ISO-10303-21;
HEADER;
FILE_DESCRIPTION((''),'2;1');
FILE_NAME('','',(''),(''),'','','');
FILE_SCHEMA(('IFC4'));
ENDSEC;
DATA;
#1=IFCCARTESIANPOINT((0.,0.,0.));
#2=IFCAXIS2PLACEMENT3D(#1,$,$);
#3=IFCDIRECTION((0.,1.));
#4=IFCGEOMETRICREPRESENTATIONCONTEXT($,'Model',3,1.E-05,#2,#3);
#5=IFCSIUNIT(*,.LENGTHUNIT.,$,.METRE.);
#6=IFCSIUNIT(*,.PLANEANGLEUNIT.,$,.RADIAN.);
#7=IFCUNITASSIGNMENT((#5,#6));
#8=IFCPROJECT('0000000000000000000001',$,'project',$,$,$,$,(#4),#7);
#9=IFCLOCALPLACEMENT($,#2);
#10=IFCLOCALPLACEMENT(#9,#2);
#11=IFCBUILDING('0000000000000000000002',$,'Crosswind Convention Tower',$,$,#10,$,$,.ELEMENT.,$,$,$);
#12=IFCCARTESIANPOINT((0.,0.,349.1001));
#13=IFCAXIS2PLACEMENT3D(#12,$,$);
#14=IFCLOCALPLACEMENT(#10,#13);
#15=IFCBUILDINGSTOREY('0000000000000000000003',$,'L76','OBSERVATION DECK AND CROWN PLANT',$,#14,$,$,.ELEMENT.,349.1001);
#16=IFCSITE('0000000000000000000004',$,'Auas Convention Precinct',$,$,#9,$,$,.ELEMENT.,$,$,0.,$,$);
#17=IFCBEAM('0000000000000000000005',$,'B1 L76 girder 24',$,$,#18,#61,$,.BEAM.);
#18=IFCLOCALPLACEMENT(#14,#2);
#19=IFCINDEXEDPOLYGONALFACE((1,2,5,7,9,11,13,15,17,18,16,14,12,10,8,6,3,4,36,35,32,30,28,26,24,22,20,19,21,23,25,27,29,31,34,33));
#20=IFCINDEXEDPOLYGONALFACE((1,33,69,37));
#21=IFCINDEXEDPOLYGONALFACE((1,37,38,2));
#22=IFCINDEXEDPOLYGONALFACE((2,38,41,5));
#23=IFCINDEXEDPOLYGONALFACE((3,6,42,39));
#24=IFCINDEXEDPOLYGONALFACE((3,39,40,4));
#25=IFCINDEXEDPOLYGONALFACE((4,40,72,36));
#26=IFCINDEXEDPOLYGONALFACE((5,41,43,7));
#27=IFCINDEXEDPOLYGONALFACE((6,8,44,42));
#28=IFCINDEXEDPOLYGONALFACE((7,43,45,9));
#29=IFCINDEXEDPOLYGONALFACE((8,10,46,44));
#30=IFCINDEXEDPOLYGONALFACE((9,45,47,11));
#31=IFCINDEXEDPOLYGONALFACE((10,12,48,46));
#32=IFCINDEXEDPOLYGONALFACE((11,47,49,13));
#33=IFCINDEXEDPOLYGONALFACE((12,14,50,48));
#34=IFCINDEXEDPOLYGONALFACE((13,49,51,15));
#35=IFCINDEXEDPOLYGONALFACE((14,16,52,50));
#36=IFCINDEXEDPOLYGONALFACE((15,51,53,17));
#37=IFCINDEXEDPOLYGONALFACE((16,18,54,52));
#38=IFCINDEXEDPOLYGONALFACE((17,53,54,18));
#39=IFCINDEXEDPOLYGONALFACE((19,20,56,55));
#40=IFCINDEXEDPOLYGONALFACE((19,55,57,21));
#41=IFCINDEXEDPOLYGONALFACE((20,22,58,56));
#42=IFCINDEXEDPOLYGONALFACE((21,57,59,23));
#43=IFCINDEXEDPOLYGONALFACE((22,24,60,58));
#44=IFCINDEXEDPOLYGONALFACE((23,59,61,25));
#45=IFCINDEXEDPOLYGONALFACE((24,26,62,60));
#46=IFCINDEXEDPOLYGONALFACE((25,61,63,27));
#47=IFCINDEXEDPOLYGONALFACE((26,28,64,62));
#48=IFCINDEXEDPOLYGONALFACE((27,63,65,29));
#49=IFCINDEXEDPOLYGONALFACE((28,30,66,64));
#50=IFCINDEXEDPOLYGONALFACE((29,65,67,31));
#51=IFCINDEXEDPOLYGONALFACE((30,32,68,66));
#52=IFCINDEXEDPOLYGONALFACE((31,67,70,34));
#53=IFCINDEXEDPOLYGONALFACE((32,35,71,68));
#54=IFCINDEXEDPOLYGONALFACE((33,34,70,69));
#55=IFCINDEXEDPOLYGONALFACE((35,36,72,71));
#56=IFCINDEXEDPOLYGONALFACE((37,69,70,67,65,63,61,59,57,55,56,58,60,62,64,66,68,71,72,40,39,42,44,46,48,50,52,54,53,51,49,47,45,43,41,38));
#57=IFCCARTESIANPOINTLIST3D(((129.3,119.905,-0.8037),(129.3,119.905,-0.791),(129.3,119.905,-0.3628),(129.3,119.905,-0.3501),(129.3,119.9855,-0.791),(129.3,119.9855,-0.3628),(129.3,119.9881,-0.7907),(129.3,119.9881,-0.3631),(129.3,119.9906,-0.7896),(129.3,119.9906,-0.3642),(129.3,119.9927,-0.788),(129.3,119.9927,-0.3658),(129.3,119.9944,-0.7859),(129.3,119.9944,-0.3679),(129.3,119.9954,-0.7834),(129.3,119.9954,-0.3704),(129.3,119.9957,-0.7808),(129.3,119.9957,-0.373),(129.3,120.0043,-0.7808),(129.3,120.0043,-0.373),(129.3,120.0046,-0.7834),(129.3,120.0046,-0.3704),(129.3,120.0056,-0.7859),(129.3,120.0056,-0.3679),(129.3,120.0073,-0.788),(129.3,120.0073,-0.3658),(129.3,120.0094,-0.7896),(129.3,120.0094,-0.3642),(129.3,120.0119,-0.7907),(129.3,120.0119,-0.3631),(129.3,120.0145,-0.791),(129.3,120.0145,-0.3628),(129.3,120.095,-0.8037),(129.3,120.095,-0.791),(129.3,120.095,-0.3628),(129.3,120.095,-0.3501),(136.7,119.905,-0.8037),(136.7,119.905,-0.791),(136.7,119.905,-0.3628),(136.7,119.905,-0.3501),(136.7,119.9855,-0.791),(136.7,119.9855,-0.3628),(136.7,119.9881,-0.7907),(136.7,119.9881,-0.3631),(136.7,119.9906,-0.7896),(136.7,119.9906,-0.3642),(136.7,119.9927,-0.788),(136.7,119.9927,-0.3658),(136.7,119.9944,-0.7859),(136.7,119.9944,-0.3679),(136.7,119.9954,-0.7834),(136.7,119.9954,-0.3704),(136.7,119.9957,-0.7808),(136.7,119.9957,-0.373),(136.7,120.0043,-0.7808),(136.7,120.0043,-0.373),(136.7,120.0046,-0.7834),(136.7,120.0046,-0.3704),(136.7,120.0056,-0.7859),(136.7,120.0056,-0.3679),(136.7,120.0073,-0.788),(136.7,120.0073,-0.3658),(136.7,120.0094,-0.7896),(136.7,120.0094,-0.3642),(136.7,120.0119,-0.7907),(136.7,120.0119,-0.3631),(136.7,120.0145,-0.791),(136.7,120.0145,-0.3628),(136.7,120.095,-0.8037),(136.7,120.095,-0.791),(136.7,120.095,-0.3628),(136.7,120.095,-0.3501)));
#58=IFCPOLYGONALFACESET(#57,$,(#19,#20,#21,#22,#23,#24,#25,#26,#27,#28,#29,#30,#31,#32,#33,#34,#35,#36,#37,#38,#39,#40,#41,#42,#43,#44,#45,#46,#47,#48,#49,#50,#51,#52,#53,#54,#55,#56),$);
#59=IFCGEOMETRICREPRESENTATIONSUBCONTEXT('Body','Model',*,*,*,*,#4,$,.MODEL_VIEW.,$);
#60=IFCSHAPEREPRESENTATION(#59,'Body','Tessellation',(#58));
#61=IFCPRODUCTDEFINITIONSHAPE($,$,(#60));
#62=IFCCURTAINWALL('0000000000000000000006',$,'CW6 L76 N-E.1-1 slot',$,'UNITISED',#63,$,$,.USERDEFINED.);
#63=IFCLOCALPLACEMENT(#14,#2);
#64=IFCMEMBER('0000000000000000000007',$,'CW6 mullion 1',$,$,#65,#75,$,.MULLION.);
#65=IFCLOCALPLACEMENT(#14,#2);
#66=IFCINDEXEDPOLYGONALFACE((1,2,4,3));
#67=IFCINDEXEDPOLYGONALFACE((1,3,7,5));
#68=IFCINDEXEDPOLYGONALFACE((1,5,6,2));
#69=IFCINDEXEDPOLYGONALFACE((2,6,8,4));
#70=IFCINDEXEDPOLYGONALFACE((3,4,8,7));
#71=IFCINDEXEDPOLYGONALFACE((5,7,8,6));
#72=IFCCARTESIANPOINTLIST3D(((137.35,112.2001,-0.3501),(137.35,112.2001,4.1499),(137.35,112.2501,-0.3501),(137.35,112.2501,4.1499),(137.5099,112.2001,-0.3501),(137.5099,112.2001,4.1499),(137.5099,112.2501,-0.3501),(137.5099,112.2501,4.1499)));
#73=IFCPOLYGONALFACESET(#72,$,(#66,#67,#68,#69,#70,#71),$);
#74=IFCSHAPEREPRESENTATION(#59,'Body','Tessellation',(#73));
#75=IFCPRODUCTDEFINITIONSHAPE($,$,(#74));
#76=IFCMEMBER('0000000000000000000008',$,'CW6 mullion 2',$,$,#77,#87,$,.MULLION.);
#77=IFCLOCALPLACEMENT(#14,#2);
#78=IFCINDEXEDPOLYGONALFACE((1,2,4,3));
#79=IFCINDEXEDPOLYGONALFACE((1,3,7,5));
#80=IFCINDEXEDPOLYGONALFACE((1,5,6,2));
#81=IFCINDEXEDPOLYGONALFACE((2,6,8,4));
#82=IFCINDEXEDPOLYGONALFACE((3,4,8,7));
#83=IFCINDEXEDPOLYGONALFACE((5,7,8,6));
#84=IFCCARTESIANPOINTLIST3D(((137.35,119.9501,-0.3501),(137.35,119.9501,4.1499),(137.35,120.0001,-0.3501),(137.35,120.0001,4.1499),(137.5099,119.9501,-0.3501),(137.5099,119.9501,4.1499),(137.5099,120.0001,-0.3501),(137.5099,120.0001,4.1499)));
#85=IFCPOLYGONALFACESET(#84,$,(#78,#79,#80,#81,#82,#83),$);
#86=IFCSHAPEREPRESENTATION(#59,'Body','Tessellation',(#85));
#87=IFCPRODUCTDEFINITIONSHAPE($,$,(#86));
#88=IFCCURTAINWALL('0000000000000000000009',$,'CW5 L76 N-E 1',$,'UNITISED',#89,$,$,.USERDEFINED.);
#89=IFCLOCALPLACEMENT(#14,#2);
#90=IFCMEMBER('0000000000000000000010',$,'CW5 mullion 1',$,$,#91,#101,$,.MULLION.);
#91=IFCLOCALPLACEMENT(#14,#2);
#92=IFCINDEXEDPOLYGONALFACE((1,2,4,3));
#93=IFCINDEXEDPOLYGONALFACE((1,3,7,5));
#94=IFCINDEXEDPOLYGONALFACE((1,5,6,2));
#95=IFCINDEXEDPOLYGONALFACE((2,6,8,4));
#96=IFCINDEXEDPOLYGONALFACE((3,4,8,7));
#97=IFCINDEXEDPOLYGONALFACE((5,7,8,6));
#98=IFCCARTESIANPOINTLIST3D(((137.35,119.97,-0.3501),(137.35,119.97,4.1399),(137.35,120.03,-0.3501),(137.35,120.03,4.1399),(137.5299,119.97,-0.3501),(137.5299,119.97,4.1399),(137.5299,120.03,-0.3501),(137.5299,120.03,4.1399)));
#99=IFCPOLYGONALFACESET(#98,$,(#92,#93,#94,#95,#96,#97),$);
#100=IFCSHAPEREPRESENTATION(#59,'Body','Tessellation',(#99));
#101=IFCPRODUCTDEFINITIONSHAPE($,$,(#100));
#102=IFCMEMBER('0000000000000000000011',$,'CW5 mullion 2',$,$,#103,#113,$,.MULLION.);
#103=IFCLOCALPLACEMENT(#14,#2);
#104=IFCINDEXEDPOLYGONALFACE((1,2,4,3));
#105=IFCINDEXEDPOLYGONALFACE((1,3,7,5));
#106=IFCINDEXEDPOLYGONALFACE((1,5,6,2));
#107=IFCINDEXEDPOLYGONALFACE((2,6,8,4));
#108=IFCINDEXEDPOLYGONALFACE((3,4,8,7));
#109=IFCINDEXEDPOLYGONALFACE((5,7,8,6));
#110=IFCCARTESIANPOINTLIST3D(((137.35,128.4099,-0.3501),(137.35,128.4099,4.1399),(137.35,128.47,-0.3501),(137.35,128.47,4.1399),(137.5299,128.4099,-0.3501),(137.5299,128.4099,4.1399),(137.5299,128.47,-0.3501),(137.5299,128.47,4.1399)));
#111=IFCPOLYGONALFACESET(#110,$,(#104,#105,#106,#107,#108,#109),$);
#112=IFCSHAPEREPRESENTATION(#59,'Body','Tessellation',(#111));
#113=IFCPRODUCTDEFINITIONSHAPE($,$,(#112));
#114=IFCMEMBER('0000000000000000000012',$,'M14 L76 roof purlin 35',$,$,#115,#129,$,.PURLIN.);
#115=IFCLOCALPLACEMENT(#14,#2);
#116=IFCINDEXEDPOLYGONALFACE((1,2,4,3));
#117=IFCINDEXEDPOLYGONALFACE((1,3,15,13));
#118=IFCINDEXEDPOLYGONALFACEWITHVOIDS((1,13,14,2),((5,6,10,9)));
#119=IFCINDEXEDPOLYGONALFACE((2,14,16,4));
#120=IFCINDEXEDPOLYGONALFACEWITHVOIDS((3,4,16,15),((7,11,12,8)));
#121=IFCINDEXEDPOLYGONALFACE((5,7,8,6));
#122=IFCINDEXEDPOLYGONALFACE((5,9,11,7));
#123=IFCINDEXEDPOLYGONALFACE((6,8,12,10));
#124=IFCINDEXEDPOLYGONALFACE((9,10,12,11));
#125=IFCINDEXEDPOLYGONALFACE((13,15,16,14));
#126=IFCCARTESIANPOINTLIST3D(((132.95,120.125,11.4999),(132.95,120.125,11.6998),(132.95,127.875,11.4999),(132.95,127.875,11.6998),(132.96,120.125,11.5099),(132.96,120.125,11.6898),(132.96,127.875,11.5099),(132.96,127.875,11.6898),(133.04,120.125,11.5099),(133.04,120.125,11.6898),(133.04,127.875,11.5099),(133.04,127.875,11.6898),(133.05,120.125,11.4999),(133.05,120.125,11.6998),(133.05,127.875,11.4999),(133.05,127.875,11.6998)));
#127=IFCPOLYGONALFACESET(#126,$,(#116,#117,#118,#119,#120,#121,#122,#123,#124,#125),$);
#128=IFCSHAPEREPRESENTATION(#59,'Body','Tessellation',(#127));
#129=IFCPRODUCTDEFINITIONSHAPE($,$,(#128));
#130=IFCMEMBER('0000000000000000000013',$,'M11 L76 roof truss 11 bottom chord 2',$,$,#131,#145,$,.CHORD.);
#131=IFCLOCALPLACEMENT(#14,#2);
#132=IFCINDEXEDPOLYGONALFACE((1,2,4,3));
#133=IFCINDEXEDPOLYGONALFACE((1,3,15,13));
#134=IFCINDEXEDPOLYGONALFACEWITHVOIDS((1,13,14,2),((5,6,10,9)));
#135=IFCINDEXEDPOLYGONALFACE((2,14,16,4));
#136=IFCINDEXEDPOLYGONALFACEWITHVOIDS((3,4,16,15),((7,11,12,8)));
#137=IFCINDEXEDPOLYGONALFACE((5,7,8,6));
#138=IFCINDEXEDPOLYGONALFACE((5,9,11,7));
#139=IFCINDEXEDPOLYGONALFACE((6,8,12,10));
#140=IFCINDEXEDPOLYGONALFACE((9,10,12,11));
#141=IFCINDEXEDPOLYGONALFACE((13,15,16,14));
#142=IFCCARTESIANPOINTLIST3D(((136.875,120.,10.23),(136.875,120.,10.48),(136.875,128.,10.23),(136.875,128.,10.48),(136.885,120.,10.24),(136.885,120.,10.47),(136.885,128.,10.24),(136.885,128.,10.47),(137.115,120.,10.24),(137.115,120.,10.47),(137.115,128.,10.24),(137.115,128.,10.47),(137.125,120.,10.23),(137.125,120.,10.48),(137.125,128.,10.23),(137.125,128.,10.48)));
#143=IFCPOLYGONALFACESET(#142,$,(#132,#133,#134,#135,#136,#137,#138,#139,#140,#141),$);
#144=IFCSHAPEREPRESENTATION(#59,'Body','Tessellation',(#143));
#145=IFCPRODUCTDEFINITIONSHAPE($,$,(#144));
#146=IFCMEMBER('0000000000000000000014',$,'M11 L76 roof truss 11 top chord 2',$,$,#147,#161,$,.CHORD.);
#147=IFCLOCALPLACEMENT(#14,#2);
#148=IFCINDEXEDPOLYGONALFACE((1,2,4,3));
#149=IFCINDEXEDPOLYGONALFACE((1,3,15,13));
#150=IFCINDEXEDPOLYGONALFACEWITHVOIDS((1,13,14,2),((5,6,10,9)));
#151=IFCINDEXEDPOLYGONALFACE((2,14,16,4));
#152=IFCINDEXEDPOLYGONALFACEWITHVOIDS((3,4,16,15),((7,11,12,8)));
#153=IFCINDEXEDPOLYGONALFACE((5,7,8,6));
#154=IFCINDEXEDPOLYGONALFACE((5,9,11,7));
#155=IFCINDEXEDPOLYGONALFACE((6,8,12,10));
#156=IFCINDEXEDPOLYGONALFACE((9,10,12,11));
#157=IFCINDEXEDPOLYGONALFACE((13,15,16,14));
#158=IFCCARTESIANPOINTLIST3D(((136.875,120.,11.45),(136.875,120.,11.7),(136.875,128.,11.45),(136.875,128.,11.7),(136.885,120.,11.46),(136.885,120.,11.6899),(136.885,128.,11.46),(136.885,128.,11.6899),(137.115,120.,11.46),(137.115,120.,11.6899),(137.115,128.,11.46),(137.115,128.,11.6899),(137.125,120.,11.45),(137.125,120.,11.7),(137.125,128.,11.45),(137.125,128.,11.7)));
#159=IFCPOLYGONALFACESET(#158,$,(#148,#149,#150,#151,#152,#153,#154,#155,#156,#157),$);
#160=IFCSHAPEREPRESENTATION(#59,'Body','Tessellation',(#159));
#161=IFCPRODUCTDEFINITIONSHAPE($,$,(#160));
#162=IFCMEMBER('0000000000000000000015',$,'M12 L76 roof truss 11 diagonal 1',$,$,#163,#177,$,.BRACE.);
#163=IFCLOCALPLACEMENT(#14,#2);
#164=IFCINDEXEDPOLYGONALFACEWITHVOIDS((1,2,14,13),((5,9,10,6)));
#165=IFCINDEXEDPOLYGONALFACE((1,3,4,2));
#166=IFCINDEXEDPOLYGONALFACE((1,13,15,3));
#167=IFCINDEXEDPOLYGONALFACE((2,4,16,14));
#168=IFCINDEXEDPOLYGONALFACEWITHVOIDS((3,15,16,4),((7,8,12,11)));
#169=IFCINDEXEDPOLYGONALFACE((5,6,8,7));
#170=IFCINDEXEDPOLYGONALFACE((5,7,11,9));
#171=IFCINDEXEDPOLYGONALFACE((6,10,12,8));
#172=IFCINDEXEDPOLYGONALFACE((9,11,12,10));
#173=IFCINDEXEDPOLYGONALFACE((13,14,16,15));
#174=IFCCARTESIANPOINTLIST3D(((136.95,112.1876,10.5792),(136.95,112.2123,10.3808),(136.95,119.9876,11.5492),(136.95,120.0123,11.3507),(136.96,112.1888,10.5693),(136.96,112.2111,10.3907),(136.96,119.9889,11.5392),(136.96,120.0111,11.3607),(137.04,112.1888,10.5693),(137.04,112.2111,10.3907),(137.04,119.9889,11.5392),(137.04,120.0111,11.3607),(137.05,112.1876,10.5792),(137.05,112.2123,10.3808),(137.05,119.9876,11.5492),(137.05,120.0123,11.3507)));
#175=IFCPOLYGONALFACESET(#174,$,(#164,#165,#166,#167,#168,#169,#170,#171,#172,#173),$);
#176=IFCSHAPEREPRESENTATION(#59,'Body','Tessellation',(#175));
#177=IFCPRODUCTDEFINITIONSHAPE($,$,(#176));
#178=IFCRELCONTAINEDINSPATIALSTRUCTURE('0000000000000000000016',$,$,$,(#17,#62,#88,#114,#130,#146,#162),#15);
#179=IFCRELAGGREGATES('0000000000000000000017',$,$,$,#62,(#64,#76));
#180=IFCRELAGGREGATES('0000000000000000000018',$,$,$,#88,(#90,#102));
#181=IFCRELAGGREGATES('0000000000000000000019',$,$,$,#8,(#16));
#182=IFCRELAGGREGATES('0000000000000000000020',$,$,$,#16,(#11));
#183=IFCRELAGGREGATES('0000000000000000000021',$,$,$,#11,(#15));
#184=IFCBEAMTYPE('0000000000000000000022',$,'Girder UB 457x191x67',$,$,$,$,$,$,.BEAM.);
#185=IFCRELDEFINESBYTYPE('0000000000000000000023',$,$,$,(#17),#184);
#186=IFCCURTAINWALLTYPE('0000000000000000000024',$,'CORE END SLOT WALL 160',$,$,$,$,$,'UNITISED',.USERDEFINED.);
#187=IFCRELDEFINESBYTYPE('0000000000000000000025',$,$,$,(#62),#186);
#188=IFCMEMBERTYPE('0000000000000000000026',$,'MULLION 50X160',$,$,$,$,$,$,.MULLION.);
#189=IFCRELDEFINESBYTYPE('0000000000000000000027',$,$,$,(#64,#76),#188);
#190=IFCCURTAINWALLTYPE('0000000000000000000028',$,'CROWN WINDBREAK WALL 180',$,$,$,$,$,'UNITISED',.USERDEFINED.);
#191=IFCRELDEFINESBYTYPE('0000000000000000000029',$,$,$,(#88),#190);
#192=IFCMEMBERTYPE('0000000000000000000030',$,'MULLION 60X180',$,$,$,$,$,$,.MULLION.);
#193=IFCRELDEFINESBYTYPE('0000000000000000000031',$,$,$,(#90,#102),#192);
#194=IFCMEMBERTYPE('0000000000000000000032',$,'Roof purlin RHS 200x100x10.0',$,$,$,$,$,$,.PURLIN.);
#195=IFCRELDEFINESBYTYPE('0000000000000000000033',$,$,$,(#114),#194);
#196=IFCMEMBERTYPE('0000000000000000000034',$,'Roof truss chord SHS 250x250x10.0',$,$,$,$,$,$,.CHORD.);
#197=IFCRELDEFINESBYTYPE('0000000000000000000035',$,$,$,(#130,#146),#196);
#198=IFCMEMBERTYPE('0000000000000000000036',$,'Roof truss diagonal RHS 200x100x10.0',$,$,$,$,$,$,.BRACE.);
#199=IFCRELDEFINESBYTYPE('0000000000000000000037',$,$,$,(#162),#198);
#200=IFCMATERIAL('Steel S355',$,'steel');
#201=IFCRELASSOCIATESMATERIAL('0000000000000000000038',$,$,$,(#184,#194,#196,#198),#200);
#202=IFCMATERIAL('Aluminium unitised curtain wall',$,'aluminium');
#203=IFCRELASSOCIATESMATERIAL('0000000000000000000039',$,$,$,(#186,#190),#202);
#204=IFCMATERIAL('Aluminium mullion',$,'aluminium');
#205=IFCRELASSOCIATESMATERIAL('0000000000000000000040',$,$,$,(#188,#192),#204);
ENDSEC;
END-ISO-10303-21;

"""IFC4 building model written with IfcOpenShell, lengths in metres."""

from ifc_helpers import new_model, si_unit, direction, frame, origin, origin_2d, place, context, subcontext, project, spatial, rectangle, hollow_rectangle, i_section, extrude, material, material_profile, profile_set, type_object, element, aggregate, save


model = new_model("IFC4")

# Units and contexts
model_context = context("Model", 3, precision=1e-05, world=origin(), true_north=direction((0.0, 1.0)))
body_context = subcontext(model_context, "Body", "Model", "MODEL_VIEW")
ifc_project = project(units=[si_unit("LENGTHUNIT", "METRE"), si_unit("PLANEANGLEUNIT", "RADIAN")], contexts=[model_context])

# Site, building, storey
site_placement = place(None, origin())
site = spatial("IfcSite", under=ifc_project, at=site_placement, Name="Auas Convention Precinct", CompositionType="ELEMENT", RefElevation=0.0)
building_placement = place(site_placement, origin())
building = spatial("IfcBuilding", under=site, at=building_placement, Name="Crosswind Convention Tower", CompositionType="ELEMENT")
storey_placement = place(building_placement, frame((0.0, 0.0, 349.1001)))
storey = spatial("IfcBuildingStorey", under=building, at=storey_placement, Name="L76", Description="OBSERVATION DECK AND CROWN PLANT", CompositionType="ELEMENT", Elevation=349.1001)

# Beam
ifc_material_1 = material(Name="Steel S355", Category="steel")
ifc_material_profile_1 = material_profile(ifc_material_1, i_section(OverallWidth=0.1899, OverallDepth=0.4536, WebThickness=0.0085, FlangeThickness=0.0127, FilletRadius=0.0103, at=origin_2d()), Name="UB 457x191x67")
ifc_profile_set_1 = profile_set([ifc_material_profile_1], Name="Steel S355")
beam_type_1 = type_object("IfcBeamType", Name="Girder UB 457x191x67", PredefinedType="BEAM", material=ifc_profile_set_1)
beam_1_placement = place(storey_placement, frame((129.3, 120.0, -0.5769), z_axis=(1.0, 0.0, 0.0), x_axis=(0.0, 1.0, 0.0)))
element("IfcBeam", 1, at=beam_1_placement, inside=storey, type_object=beam_type_1, Name="B1 L76 girder 24", PredefinedType="BEAM", context=body_context, shape_type="SweptSolid", body=[
    extrude(i_section(OverallWidth=0.1899, OverallDepth=0.4536, WebThickness=0.0085, FlangeThickness=0.0127, FilletRadius=0.0103, at=origin_2d()), origin(), (0.0, 0.0, 1.0), 7.3999),
])

# Curtain walls, members
ifc_material_2 = material(Name="Aluminium unitised curtain wall", Category="aluminium")
curtain_wall_type_1 = type_object("IfcCurtainWallType", Name="CORE END SLOT WALL 160", ElementType="UNITISED", PredefinedType="USERDEFINED", material=ifc_material_2)
curtain_wall_1_placement = place(storey_placement, origin())
curtain_wall_1 = element("IfcCurtainWall", 2, at=curtain_wall_1_placement, inside=storey, type_object=curtain_wall_type_1, Name="CW6 L76 N-E.1-1 slot", ObjectType="UNITISED", PredefinedType="USERDEFINED")
ifc_material_3 = material(Name="Aluminium mullion", Category="aluminium")
ifc_material_profile_2 = material_profile(ifc_material_3, rectangle(XDim=0.1599, YDim=0.05, at=origin_2d()), Name="AL 160X50")
ifc_profile_set_2 = profile_set([ifc_material_profile_2], Name="Aluminium mullion")
member_type_1 = type_object("IfcMemberType", Name="MULLION 50X160", PredefinedType="MULLION", material=ifc_profile_set_2)
member_1_placement = place(storey_placement, frame((137.4299, 112.2251, -0.3501), z_axis=(0.0, 0.0, 1.0), x_axis=(1.0, 0.0, 0.0)))
member_1 = element("IfcMember", 3, at=member_1_placement, type_object=member_type_1, Name="CW6 mullion 1", PredefinedType="MULLION", context=body_context, shape_type="SweptSolid", body=[
    extrude(rectangle(XDim=0.1599, YDim=0.05, at=origin_2d()), origin(), (0.0, 0.0, 1.0), 4.5),
])
member_2_placement = place(storey_placement, frame((137.4299, 119.9751, -0.3501), z_axis=(0.0, 0.0, 1.0), x_axis=(1.0, 0.0, 0.0)))
member_2 = element("IfcMember", 4, at=member_2_placement, type_object=member_type_1, Name="CW6 mullion 2", PredefinedType="MULLION", context=body_context, shape_type="SweptSolid", body=[
    extrude(rectangle(XDim=0.1599, YDim=0.05, at=origin_2d()), origin(), (0.0, 0.0, 1.0), 4.5),
])
curtain_wall_type_2 = type_object("IfcCurtainWallType", Name="CROWN WINDBREAK WALL 180", ElementType="UNITISED", PredefinedType="USERDEFINED", material=ifc_material_2)
curtain_wall_2_placement = place(storey_placement, origin())
curtain_wall_2 = element("IfcCurtainWall", 5, at=curtain_wall_2_placement, inside=storey, type_object=curtain_wall_type_2, Name="CW5 L76 N-E 1", ObjectType="UNITISED", PredefinedType="USERDEFINED")
ifc_material_profile_3 = material_profile(ifc_material_3, rectangle(XDim=0.1799, YDim=0.0601, at=origin_2d()), Name="AL 180X60")
ifc_profile_set_3 = profile_set([ifc_material_profile_3], Name="Aluminium mullion")
member_type_2 = type_object("IfcMemberType", Name="MULLION 60X180", PredefinedType="MULLION", material=ifc_profile_set_3)
member_3_placement = place(storey_placement, frame((137.4399, 120.0, -0.3501), z_axis=(0.0, 0.0, 1.0), x_axis=(1.0, 0.0, 0.0)))
member_3 = element("IfcMember", 6, at=member_3_placement, type_object=member_type_2, Name="CW5 mullion 1", PredefinedType="MULLION", context=body_context, shape_type="SweptSolid", body=[
    extrude(rectangle(XDim=0.1799, YDim=0.0601, at=origin_2d()), origin(), (0.0, 0.0, 1.0), 4.49),
])
member_4_placement = place(storey_placement, frame((137.4399, 128.4399, -0.3501), z_axis=(0.0, 0.0, 1.0), x_axis=(1.0, 0.0, 0.0)))
member_4 = element("IfcMember", 7, at=member_4_placement, type_object=member_type_2, Name="CW5 mullion 2", PredefinedType="MULLION", context=body_context, shape_type="SweptSolid", body=[
    extrude(rectangle(XDim=0.1799, YDim=0.0601, at=origin_2d()), origin(), (0.0, 0.0, 1.0), 4.49),
])

# Members
ifc_material_profile_4 = material_profile(ifc_material_1, hollow_rectangle(XDim=0.1001, YDim=0.2, WallThickness=0.01, at=origin_2d()), Name="RHS 200x100x10.0")
ifc_profile_set_4 = profile_set([ifc_material_profile_4], Name="Steel S355")
member_type_3 = type_object("IfcMemberType", Name="Roof purlin RHS 200x100x10.0", PredefinedType="PURLIN", material=ifc_profile_set_4)
member_5_placement = place(storey_placement, frame((133.0, 120.125, 11.5999), z_axis=(0.0, 1.0, 0.0), x_axis=(-1.0, 0.0, 0.0)))
element("IfcMember", 8, at=member_5_placement, inside=storey, type_object=member_type_3, Name="M14 L76 roof purlin 35", PredefinedType="PURLIN", context=body_context, shape_type="SweptSolid", body=[
    extrude(hollow_rectangle(XDim=0.1001, YDim=0.2, WallThickness=0.01, at=origin_2d()), origin(), (0.0, 0.0, 1.0), 7.75),
])
ifc_material_profile_5 = material_profile(ifc_material_1, hollow_rectangle(XDim=0.25, YDim=0.25, WallThickness=0.01, at=origin_2d()), Name="SHS 250x250x10.0")
ifc_profile_set_5 = profile_set([ifc_material_profile_5], Name="Steel S355")
member_type_4 = type_object("IfcMemberType", Name="Roof truss chord SHS 250x250x10.0", PredefinedType="CHORD", material=ifc_profile_set_5)
for number, where, z_axis, x_axis, name in (
    (9, (137.0, 120.0, 10.355), (0.0, 1.0, 0.0), (-1.0, 0.0, 0.0), "M11 L76 roof truss 11 bottom chord 2"),
    (10, (137.0, 120.0, 11.575), (0.0, 1.0, 0.0), (-1.0, 0.0, 0.0), "M11 L76 roof truss 11 top chord 2"),
):
    element("IfcMember", number, at=place(storey_placement, frame(where, z_axis=z_axis, x_axis=x_axis)), inside=storey, type_object=member_type_4, Name=name, PredefinedType="CHORD", context=body_context, shape_type="SweptSolid", body=[
        extrude(hollow_rectangle(XDim=0.25, YDim=0.25, WallThickness=0.01, at=origin_2d()), origin(), (0.0, 0.0, 1.0), 8.0),
    ])
ifc_material_profile_6 = material_profile(ifc_material_1, hollow_rectangle(XDim=0.1001, YDim=0.2, WallThickness=0.01, at=origin_2d()), Name="RHS 200x100x10.0")
ifc_profile_set_6 = profile_set([ifc_material_profile_6], Name="Steel S355")
member_type_5 = type_object("IfcMemberType", Name="Roof truss diagonal RHS 200x100x10.0", PredefinedType="BRACE", material=ifc_profile_set_6)
member_6_placement = place(storey_placement, frame((137.0, 112.2, 10.48), z_axis=(0.0, 0.992357, 0.123404), x_axis=(-1.0, 0.0, 0.0)))
element("IfcMember", 11, at=member_6_placement, inside=storey, type_object=member_type_5, Name="M12 L76 roof truss 11 diagonal 1", PredefinedType="BRACE", context=body_context, shape_type="SweptSolid", body=[
    extrude(hollow_rectangle(XDim=0.1001, YDim=0.2, WallThickness=0.01, at=origin_2d()), origin(), (0.0, 0.0, 1.0), 7.8601),
])

aggregate(curtain_wall_1, [member_1, member_2])

aggregate(curtain_wall_2, [member_3, member_4])

save(model, "model.ifc")
